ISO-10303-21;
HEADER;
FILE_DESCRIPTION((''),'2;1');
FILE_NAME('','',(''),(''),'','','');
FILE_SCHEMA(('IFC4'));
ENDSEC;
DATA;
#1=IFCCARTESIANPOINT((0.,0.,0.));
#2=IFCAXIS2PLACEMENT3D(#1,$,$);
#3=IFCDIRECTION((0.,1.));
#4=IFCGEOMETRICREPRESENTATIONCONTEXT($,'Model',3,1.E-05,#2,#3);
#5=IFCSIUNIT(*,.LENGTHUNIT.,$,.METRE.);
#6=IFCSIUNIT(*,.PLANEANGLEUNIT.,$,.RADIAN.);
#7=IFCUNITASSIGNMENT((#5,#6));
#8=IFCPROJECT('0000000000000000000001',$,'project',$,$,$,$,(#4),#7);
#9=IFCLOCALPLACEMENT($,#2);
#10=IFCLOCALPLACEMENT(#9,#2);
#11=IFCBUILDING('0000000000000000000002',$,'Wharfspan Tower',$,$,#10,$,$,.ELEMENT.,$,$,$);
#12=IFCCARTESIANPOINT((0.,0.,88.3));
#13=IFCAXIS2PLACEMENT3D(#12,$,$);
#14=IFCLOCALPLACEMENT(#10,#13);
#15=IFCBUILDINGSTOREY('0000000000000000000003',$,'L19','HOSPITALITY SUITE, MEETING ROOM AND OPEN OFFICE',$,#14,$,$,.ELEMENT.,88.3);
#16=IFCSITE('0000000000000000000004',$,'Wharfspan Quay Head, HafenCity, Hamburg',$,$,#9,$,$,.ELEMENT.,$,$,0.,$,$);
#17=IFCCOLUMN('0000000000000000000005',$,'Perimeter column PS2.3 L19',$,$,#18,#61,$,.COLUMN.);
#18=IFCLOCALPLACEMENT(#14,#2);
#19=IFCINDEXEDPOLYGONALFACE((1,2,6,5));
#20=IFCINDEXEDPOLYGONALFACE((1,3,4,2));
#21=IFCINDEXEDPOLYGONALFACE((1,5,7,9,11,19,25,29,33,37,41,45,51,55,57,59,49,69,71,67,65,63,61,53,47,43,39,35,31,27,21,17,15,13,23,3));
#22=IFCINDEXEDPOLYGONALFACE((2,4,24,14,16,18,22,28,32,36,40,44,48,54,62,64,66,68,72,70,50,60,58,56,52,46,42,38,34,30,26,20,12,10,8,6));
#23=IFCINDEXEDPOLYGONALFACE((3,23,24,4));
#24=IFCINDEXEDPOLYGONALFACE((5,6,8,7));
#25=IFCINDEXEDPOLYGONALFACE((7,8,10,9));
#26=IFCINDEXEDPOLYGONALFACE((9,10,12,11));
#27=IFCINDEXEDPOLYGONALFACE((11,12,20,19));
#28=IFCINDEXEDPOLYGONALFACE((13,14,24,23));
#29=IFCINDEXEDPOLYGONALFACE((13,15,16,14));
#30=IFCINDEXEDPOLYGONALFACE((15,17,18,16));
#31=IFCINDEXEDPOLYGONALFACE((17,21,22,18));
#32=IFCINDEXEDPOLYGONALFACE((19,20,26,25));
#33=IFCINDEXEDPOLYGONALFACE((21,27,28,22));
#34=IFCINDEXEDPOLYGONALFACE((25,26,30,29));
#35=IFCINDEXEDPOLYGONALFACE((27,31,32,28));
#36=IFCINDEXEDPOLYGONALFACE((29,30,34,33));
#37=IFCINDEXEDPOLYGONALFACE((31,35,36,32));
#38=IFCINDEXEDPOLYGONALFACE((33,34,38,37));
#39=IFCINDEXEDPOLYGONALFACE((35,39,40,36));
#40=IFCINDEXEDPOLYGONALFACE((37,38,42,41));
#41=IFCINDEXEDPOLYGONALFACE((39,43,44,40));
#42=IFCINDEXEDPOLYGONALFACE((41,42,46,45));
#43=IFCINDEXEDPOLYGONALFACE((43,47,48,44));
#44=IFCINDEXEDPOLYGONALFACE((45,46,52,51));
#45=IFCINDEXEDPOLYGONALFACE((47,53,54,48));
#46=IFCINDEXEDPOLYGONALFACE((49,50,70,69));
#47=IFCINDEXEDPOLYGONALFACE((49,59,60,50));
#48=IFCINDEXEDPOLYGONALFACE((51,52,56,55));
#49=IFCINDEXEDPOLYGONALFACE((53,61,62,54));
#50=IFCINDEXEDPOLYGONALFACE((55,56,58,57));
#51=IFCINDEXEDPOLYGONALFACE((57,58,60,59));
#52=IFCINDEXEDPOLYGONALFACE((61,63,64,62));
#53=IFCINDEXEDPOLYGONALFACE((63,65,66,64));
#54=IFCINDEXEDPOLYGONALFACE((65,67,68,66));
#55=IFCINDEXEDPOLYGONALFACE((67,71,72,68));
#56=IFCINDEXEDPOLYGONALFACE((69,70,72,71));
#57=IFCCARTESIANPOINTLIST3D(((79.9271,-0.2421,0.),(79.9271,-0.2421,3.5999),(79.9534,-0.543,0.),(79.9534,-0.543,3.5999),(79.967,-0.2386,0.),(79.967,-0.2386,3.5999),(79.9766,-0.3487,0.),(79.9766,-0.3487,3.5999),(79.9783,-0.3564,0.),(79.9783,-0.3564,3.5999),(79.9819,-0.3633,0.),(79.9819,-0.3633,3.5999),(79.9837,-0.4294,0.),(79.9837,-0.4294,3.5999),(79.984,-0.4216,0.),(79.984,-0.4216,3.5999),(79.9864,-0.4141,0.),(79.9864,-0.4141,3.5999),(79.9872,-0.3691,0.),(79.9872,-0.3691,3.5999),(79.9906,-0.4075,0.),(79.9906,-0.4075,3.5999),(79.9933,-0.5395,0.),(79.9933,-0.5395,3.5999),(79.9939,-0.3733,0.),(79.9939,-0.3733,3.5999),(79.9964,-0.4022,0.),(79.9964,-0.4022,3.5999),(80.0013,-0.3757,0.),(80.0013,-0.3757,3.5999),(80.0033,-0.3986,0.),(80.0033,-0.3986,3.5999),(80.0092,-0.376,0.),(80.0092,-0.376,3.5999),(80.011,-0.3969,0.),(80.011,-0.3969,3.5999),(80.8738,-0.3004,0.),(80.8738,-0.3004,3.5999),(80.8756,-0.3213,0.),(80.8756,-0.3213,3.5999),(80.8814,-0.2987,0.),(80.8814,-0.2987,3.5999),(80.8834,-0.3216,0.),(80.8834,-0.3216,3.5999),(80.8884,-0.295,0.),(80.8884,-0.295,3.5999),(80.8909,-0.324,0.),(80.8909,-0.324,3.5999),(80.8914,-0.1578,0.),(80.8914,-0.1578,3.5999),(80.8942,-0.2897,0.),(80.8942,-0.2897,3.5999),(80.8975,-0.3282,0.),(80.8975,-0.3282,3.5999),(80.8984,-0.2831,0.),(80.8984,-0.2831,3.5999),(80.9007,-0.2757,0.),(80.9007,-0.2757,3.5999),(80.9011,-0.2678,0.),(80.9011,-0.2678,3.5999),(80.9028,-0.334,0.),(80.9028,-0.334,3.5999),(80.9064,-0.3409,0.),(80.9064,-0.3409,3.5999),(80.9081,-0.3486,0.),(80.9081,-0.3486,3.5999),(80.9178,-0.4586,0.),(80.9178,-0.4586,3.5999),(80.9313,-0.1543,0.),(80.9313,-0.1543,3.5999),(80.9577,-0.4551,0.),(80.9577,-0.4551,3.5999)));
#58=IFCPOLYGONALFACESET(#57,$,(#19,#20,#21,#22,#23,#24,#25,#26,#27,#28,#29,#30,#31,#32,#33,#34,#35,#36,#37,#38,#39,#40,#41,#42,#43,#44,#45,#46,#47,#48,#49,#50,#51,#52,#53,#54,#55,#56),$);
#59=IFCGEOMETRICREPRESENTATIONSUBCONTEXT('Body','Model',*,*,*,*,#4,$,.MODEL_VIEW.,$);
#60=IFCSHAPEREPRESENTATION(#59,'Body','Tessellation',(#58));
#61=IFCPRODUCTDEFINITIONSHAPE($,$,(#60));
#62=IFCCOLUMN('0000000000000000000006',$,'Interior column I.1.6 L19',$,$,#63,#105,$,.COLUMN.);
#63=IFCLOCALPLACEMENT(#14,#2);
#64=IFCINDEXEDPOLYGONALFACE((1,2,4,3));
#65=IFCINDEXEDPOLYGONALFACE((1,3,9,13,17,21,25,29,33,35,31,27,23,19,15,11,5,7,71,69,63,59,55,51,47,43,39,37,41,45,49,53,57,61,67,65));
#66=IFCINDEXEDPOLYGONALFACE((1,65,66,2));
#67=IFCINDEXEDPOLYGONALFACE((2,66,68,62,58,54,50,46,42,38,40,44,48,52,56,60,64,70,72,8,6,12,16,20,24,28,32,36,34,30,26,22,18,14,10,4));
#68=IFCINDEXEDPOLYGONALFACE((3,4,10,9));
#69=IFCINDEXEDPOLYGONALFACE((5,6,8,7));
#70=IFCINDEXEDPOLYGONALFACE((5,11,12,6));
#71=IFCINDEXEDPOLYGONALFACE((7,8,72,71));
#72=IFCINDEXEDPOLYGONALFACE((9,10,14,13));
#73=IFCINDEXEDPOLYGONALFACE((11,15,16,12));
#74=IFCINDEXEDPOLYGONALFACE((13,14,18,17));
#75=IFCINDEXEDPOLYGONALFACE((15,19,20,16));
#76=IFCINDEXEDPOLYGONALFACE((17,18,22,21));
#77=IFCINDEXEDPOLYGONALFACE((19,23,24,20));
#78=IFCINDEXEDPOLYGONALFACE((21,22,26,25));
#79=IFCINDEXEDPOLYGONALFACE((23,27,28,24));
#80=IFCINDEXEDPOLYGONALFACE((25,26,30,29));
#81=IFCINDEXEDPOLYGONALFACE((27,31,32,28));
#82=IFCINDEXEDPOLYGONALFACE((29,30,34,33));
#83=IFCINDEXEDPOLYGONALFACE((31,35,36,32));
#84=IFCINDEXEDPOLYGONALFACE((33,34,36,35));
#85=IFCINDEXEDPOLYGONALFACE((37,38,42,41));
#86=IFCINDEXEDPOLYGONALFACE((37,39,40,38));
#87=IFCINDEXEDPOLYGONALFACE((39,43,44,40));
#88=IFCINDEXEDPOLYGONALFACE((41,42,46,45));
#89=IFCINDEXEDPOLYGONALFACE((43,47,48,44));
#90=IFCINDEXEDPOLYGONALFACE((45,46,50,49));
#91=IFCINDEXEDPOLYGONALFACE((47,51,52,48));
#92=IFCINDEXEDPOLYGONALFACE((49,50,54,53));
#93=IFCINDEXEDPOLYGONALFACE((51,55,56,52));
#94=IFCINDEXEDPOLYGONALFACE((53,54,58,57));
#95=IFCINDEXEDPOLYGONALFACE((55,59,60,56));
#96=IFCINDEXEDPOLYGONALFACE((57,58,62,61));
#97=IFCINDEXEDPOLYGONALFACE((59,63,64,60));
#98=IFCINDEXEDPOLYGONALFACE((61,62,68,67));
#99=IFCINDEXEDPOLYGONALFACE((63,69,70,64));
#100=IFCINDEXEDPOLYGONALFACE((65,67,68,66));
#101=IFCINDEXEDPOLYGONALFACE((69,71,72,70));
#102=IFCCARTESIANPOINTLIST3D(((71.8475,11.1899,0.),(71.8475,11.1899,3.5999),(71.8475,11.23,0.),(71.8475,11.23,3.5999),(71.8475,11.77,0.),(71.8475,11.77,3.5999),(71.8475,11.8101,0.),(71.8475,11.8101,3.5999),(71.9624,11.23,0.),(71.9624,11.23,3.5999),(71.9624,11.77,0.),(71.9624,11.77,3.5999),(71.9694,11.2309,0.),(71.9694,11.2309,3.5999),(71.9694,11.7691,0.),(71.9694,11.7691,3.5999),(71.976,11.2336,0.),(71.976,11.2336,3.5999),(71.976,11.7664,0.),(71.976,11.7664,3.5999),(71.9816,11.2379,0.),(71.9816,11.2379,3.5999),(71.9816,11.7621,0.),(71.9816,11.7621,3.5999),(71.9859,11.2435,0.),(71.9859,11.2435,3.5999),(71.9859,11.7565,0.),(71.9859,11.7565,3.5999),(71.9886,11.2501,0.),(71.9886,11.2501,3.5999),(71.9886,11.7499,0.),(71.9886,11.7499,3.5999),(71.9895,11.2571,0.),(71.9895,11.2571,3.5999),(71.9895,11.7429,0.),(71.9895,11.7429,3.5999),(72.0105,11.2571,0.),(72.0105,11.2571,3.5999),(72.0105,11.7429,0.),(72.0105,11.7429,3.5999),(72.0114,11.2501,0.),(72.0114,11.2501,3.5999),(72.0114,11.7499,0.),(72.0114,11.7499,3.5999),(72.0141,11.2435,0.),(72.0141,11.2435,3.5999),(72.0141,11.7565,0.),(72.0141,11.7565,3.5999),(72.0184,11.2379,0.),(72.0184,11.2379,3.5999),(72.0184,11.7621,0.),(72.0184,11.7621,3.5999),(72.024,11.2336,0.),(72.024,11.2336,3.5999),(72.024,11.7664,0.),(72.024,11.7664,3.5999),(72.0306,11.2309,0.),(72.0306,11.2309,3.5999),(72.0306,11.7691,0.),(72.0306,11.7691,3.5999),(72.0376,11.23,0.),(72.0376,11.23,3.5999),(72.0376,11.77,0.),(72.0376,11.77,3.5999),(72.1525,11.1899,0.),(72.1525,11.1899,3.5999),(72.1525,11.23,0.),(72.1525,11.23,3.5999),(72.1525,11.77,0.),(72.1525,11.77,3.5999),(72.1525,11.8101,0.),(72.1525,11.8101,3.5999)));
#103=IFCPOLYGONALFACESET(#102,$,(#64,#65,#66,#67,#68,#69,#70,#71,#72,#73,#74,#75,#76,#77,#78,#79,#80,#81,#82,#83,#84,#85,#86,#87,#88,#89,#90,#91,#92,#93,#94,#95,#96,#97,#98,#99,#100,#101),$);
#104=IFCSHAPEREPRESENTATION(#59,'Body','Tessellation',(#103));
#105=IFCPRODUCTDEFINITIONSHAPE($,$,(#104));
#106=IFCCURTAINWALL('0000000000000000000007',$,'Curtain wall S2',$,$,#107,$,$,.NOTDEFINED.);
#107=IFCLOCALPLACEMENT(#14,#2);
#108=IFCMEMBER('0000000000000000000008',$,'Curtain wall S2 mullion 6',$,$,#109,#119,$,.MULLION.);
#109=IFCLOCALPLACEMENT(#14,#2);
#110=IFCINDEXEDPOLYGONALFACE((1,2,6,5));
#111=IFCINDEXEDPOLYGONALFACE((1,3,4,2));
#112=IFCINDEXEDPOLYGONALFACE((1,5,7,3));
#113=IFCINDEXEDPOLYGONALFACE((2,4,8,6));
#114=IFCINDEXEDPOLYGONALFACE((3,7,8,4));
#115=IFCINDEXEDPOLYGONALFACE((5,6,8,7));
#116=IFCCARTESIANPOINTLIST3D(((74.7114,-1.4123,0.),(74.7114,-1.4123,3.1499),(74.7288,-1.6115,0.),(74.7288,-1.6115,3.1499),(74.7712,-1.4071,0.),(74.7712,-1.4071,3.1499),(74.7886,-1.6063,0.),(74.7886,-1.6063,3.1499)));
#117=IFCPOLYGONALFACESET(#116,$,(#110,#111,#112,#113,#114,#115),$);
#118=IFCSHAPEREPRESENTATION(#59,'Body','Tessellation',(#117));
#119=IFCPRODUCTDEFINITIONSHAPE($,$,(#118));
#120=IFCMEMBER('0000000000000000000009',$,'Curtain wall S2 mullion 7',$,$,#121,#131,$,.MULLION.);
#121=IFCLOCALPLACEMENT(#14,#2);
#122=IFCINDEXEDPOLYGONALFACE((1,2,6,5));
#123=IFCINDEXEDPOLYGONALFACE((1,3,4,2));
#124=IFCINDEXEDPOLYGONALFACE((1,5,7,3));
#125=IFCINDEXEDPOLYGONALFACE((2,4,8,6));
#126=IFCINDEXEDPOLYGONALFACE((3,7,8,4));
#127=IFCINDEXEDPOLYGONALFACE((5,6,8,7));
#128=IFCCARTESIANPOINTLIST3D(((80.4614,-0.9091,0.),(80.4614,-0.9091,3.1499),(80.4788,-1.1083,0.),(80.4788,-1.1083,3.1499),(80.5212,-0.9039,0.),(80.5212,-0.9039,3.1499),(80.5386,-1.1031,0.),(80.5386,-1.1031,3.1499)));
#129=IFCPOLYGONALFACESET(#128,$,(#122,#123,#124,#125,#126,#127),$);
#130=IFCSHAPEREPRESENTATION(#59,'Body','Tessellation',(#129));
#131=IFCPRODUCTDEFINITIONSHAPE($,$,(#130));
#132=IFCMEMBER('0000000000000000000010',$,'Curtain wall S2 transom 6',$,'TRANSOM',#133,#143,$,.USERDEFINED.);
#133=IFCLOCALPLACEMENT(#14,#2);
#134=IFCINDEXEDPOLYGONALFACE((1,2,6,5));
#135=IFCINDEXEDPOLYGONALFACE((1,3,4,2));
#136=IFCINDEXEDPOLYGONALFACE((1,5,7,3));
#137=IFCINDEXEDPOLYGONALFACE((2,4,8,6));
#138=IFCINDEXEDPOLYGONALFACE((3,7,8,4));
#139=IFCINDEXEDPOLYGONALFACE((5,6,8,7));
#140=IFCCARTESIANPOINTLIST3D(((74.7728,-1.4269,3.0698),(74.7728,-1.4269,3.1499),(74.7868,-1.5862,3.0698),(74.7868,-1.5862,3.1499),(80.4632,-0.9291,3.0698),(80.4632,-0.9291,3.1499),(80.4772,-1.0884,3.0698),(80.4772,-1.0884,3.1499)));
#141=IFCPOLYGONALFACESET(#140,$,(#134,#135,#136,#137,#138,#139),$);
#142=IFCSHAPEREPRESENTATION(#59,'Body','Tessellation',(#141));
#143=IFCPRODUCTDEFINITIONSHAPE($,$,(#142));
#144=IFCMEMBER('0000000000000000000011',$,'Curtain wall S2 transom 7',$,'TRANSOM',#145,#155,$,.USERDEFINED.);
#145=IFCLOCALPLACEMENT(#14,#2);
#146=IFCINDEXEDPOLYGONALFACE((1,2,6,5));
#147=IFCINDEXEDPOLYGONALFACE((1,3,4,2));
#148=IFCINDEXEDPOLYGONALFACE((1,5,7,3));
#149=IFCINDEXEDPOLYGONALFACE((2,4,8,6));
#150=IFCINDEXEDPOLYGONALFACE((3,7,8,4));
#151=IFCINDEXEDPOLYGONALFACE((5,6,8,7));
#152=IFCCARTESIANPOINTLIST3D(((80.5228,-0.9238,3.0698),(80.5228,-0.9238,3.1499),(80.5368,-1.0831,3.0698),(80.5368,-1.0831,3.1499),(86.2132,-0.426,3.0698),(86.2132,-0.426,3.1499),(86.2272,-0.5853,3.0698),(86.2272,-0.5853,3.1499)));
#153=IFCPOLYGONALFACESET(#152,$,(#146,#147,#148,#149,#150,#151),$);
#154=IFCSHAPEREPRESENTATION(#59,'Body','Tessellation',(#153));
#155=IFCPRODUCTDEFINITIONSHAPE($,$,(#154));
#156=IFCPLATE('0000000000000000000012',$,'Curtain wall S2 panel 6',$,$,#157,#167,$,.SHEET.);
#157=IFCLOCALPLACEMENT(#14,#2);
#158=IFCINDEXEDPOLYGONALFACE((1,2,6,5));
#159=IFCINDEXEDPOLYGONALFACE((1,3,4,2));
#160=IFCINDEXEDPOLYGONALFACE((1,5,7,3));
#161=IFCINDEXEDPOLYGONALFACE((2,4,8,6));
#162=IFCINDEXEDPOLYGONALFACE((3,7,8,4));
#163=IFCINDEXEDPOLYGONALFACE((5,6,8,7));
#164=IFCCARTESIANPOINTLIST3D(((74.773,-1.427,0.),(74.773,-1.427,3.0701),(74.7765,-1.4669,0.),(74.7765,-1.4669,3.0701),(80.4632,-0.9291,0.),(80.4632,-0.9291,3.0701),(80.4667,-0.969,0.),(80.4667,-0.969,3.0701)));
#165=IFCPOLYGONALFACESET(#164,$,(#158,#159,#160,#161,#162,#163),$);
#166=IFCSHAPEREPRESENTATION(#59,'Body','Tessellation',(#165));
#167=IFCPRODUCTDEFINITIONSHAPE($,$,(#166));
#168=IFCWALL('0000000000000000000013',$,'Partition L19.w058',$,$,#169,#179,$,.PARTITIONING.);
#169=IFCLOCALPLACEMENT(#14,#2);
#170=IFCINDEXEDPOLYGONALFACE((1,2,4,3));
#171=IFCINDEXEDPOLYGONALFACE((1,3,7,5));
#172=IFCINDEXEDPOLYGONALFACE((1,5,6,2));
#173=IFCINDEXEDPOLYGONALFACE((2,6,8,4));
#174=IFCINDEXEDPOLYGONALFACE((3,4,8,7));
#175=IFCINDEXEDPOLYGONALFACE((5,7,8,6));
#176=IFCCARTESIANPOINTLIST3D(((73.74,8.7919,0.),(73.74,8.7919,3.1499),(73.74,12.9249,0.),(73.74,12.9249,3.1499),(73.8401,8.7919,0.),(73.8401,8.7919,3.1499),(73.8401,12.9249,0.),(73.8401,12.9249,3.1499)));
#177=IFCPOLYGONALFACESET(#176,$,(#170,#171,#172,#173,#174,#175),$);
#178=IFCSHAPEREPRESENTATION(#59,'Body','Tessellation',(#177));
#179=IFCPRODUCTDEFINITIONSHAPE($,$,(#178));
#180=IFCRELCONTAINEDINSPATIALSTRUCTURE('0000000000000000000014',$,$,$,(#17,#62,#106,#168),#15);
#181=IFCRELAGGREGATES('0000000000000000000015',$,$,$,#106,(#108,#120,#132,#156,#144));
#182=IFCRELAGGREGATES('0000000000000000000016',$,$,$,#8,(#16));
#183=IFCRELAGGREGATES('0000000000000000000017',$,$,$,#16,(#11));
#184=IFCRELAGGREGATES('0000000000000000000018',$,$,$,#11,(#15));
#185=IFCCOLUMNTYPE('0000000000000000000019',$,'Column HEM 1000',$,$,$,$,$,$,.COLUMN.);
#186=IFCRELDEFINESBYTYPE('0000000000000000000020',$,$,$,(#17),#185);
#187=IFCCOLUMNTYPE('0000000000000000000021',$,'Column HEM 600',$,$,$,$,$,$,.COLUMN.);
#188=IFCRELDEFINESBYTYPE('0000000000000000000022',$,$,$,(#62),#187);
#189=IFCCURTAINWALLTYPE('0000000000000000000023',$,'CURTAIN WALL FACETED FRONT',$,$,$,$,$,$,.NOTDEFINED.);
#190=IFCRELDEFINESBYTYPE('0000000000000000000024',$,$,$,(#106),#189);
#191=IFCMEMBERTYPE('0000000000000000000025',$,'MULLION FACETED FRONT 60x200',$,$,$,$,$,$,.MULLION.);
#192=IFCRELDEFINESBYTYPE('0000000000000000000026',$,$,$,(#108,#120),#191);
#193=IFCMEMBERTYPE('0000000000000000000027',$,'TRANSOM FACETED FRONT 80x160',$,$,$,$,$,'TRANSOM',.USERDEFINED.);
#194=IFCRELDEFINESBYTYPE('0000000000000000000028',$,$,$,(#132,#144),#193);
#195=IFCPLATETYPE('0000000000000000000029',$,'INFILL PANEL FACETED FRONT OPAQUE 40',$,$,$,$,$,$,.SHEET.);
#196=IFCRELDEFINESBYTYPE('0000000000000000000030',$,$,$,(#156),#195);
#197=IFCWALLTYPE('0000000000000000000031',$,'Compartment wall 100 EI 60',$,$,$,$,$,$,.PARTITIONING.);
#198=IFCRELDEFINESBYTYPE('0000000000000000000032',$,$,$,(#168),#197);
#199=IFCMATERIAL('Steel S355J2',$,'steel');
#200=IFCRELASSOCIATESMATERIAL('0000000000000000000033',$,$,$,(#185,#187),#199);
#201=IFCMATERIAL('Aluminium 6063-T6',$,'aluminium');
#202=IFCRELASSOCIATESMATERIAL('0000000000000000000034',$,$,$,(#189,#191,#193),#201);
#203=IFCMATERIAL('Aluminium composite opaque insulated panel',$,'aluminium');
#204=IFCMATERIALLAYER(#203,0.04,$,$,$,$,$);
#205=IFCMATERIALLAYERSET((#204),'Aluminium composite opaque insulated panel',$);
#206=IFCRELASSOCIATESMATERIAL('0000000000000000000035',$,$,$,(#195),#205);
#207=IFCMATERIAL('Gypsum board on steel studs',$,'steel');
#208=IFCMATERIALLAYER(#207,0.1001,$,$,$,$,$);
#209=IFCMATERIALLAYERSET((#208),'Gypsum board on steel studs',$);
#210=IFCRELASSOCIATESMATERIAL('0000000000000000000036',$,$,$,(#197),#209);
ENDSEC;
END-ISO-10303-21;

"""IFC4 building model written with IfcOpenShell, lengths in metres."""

from ifc_helpers import new_model, si_unit, direction, frame, frame_2d, origin, origin_2d, place, context, subcontext, project, spatial, rectangle, i_section, extrude, material, layer, layer_set, material_profile, profile_set, type_object, element, aggregate, save


model = new_model("IFC4")

# Units and contexts
model_context = context("Model", 3, precision=1e-05, world=origin(), true_north=direction((0.0, 1.0)))
body_context = subcontext(model_context, "Body", "Model", "MODEL_VIEW")
ifc_project = project(units=[si_unit("LENGTHUNIT", "METRE"), si_unit("PLANEANGLEUNIT", "RADIAN")], contexts=[model_context])

# Site, building, storey
site_placement = place(None, origin())
site = spatial("IfcSite", under=ifc_project, at=site_placement, Name="Wharfspan Quay Head, HafenCity, Hamburg", CompositionType="ELEMENT", RefElevation=0.0)
building_placement = place(site_placement, origin())
building = spatial("IfcBuilding", under=site, at=building_placement, Name="Wharfspan Tower", CompositionType="ELEMENT")
storey_placement = place(building_placement, frame((0.0, 0.0, 88.3)))
storey = spatial("IfcBuildingStorey", under=building, at=storey_placement, Name="L19", Description="HOSPITALITY SUITE, MEETING ROOM AND OPEN OFFICE", CompositionType="ELEMENT", Elevation=88.3)

# Columns
ifc_material_1 = material(Name="Steel S355J2", Category="steel")
ifc_material_profile_1 = material_profile(ifc_material_1, i_section(OverallWidth=0.302, OverallDepth=1.0081, WebThickness=0.021, FlangeThickness=0.04, FilletRadius=0.03, at=origin_2d()))
ifc_profile_set_1 = profile_set([ifc_material_profile_1], Name="Steel S355J2")
column_type_1 = type_object("IfcColumnType", Name="Column HEM 1000", PredefinedType="COLUMN", material=ifc_profile_set_1)
column_1_placement = place(storey_placement, frame((80.4424, -0.3486, 0.0), z_axis=(0.0, 0.0, 1.0), x_axis=(0.087156, -0.996198, 0.0)))
element("IfcColumn", 1, at=column_1_placement, inside=storey, type_object=column_type_1, Name="Perimeter column PS2.3 L19", PredefinedType="COLUMN", context=body_context, shape_type="SweptSolid", body=[
    extrude(i_section(OverallWidth=0.302, OverallDepth=1.0081, WebThickness=0.021, FlangeThickness=0.04, FilletRadius=0.03, at=origin_2d()), origin(), (0.0, 0.0, 1.0), 3.5999),
])
ifc_material_profile_2 = material_profile(ifc_material_1, i_section(OverallWidth=0.3049, OverallDepth=0.6201, WebThickness=0.021, FlangeThickness=0.04, FilletRadius=0.0271, at=origin_2d()))
ifc_profile_set_2 = profile_set([ifc_material_profile_2], Name="Steel S355J2")
column_type_2 = type_object("IfcColumnType", Name="Column HEM 600", PredefinedType="COLUMN", material=ifc_profile_set_2)
column_2_placement = place(storey_placement, frame((72.0, 11.5, 0.0), z_axis=(0.0, 0.0, 1.0), x_axis=(1.0, 0.0, 0.0)))
element("IfcColumn", 2, at=column_2_placement, inside=storey, type_object=column_type_2, Name="Interior column I.1.6 L19", PredefinedType="COLUMN", context=body_context, shape_type="SweptSolid", body=[
    extrude(i_section(OverallWidth=0.3049, OverallDepth=0.6201, WebThickness=0.021, FlangeThickness=0.04, FilletRadius=0.0271, at=origin_2d()), origin(), (0.0, 0.0, 1.0), 3.5999),
])

# Curtain wall, members, plate
ifc_material_2 = material(Name="Aluminium 6063-T6", Category="aluminium")
curtain_wall_type = type_object("IfcCurtainWallType", Name="CURTAIN WALL FACETED FRONT", PredefinedType="NOTDEFINED", material=ifc_material_2)
curtain_wall_placement = place(storey_placement, origin())
curtain_wall = element("IfcCurtainWall", 3, at=curtain_wall_placement, inside=storey, type_object=curtain_wall_type, Name="Curtain wall S2", PredefinedType="NOTDEFINED")
ifc_material_profile_3 = material_profile(ifc_material_2, rectangle(XDim=0.2, YDim=0.0601, at=origin_2d()))
ifc_profile_set_3 = profile_set([ifc_material_profile_3], Name="Aluminium 6063-T6")
member_type_1 = type_object("IfcMemberType", Name="MULLION FACETED FRONT 60x200", PredefinedType="MULLION", material=ifc_profile_set_3)
member_1_placement = place(storey_placement, frame((74.75, -1.5093, 0.0), z_axis=(0.0, 0.0, 1.0), x_axis=(-0.087156, 0.996197, 0.0)))
member_1 = element("IfcMember", 4, at=member_1_placement, type_object=member_type_1, Name="Curtain wall S2 mullion 6", PredefinedType="MULLION", context=body_context, shape_type="SweptSolid", body=[
    extrude(rectangle(XDim=0.2, YDim=0.0601, at=origin_2d()), origin(), (0.0, 0.0, 1.0), 3.1499),
])
member_2_placement = place(storey_placement, frame((80.5, -1.0061, 0.0), z_axis=(0.0, 0.0, 1.0), x_axis=(-0.087156, 0.996197, 0.0)))
member_2 = element("IfcMember", 5, at=member_2_placement, type_object=member_type_1, Name="Curtain wall S2 mullion 7", PredefinedType="MULLION", context=body_context, shape_type="SweptSolid", body=[
    extrude(rectangle(XDim=0.2, YDim=0.0601, at=origin_2d()), origin(), (0.0, 0.0, 1.0), 3.1499),
])
ifc_material_profile_4 = material_profile(ifc_material_2, rectangle(XDim=0.1599, YDim=0.0801, at=origin_2d()))
ifc_profile_set_4 = profile_set([ifc_material_profile_4], Name="Aluminium 6063-T6")
member_type_2 = type_object("IfcMemberType", Name="TRANSOM FACETED FRONT 80x160", ElementType="TRANSOM", PredefinedType="USERDEFINED", material=ifc_profile_set_4)
member_3_placement = place(storey_placement, frame((74.7798, -1.5066, 3.1099), z_axis=(0.996195, 0.087148, 0.0), x_axis=(-0.087148, 0.996195, 0.0)))
member_3 = element("IfcMember", 6, at=member_3_placement, type_object=member_type_2, Name="Curtain wall S2 transom 6", ObjectType="TRANSOM", PredefinedType="USERDEFINED", context=body_context, shape_type="SweptSolid", body=[
    extrude(rectangle(XDim=0.1599, YDim=0.0801, at=origin_2d()), origin(), (0.0, 0.0, 1.0), 5.7122),
])
member_4_placement = place(storey_placement, frame((80.5298, -1.0034, 3.1099), z_axis=(0.996195, 0.087148, 0.0), x_axis=(-0.087148, 0.996195, 0.0)))
member_4 = element("IfcMember", 7, at=member_4_placement, type_object=member_type_2, Name="Curtain wall S2 transom 7", ObjectType="TRANSOM", PredefinedType="USERDEFINED", context=body_context, shape_type="SweptSolid", body=[
    extrude(rectangle(XDim=0.1599, YDim=0.0801, at=origin_2d()), origin(), (0.0, 0.0, 1.0), 5.7122),
])
ifc_material_3 = material(Name="Aluminium composite opaque insulated panel", Category="aluminium")
ifc_layer_1 = layer(ifc_material_3, 0.04)
ifc_layer_set_1 = layer_set([ifc_layer_1], Name="Aluminium composite opaque insulated panel")
plate_type = type_object("IfcPlateType", Name="INFILL PANEL FACETED FRONT OPAQUE 40", PredefinedType="SHEET", material=ifc_layer_set_1)
plate_placement = place(storey_placement, frame((77.6199, -1.198, 0.0), z_axis=(0.0, 0.0, 1.0), x_axis=(0.996197, 0.087156, 0.0)))
plate = element("IfcPlate", 8, at=plate_placement, type_object=plate_type, Name="Curtain wall S2 panel 6", PredefinedType="SHEET", context=body_context, shape_type="SweptSolid", body=[
    extrude(rectangle(XDim=5.7119, YDim=0.04, at=origin_2d()), origin(), (0.0, 0.0, 1.0), 3.0701),
])
aggregate(curtain_wall, [member_1, member_2, member_3, plate, member_4])

# Wall
ifc_material_4 = material(Name="Gypsum board on steel studs", Category="steel")
ifc_layer_2 = layer(ifc_material_4, 0.1001)
ifc_layer_set_2 = layer_set([ifc_layer_2], Name="Gypsum board on steel studs")
wall_type_1 = type_object("IfcWallType", Name="Compartment wall 100 EI 60", PredefinedType="PARTITIONING", material=ifc_layer_set_2)
wall_1_placement = place(storey_placement, frame((73.79, 8.792, 0.0), z_axis=(0.0, 0.0, 1.0), x_axis=(0.0, 1.0, 0.0)))
element("IfcWall", 9, at=wall_1_placement, inside=storey, type_object=wall_type_1, Name="Partition L19.w058", PredefinedType="PARTITIONING", context=body_context, shape_type="SweptSolid", body=[
    extrude(rectangle(XDim=4.1331, YDim=0.1001, at=frame_2d((2.0664, 0.0))), origin(), (0.0, 0.0, 1.0), 3.1499),
])

save(model, "model.ifc")
